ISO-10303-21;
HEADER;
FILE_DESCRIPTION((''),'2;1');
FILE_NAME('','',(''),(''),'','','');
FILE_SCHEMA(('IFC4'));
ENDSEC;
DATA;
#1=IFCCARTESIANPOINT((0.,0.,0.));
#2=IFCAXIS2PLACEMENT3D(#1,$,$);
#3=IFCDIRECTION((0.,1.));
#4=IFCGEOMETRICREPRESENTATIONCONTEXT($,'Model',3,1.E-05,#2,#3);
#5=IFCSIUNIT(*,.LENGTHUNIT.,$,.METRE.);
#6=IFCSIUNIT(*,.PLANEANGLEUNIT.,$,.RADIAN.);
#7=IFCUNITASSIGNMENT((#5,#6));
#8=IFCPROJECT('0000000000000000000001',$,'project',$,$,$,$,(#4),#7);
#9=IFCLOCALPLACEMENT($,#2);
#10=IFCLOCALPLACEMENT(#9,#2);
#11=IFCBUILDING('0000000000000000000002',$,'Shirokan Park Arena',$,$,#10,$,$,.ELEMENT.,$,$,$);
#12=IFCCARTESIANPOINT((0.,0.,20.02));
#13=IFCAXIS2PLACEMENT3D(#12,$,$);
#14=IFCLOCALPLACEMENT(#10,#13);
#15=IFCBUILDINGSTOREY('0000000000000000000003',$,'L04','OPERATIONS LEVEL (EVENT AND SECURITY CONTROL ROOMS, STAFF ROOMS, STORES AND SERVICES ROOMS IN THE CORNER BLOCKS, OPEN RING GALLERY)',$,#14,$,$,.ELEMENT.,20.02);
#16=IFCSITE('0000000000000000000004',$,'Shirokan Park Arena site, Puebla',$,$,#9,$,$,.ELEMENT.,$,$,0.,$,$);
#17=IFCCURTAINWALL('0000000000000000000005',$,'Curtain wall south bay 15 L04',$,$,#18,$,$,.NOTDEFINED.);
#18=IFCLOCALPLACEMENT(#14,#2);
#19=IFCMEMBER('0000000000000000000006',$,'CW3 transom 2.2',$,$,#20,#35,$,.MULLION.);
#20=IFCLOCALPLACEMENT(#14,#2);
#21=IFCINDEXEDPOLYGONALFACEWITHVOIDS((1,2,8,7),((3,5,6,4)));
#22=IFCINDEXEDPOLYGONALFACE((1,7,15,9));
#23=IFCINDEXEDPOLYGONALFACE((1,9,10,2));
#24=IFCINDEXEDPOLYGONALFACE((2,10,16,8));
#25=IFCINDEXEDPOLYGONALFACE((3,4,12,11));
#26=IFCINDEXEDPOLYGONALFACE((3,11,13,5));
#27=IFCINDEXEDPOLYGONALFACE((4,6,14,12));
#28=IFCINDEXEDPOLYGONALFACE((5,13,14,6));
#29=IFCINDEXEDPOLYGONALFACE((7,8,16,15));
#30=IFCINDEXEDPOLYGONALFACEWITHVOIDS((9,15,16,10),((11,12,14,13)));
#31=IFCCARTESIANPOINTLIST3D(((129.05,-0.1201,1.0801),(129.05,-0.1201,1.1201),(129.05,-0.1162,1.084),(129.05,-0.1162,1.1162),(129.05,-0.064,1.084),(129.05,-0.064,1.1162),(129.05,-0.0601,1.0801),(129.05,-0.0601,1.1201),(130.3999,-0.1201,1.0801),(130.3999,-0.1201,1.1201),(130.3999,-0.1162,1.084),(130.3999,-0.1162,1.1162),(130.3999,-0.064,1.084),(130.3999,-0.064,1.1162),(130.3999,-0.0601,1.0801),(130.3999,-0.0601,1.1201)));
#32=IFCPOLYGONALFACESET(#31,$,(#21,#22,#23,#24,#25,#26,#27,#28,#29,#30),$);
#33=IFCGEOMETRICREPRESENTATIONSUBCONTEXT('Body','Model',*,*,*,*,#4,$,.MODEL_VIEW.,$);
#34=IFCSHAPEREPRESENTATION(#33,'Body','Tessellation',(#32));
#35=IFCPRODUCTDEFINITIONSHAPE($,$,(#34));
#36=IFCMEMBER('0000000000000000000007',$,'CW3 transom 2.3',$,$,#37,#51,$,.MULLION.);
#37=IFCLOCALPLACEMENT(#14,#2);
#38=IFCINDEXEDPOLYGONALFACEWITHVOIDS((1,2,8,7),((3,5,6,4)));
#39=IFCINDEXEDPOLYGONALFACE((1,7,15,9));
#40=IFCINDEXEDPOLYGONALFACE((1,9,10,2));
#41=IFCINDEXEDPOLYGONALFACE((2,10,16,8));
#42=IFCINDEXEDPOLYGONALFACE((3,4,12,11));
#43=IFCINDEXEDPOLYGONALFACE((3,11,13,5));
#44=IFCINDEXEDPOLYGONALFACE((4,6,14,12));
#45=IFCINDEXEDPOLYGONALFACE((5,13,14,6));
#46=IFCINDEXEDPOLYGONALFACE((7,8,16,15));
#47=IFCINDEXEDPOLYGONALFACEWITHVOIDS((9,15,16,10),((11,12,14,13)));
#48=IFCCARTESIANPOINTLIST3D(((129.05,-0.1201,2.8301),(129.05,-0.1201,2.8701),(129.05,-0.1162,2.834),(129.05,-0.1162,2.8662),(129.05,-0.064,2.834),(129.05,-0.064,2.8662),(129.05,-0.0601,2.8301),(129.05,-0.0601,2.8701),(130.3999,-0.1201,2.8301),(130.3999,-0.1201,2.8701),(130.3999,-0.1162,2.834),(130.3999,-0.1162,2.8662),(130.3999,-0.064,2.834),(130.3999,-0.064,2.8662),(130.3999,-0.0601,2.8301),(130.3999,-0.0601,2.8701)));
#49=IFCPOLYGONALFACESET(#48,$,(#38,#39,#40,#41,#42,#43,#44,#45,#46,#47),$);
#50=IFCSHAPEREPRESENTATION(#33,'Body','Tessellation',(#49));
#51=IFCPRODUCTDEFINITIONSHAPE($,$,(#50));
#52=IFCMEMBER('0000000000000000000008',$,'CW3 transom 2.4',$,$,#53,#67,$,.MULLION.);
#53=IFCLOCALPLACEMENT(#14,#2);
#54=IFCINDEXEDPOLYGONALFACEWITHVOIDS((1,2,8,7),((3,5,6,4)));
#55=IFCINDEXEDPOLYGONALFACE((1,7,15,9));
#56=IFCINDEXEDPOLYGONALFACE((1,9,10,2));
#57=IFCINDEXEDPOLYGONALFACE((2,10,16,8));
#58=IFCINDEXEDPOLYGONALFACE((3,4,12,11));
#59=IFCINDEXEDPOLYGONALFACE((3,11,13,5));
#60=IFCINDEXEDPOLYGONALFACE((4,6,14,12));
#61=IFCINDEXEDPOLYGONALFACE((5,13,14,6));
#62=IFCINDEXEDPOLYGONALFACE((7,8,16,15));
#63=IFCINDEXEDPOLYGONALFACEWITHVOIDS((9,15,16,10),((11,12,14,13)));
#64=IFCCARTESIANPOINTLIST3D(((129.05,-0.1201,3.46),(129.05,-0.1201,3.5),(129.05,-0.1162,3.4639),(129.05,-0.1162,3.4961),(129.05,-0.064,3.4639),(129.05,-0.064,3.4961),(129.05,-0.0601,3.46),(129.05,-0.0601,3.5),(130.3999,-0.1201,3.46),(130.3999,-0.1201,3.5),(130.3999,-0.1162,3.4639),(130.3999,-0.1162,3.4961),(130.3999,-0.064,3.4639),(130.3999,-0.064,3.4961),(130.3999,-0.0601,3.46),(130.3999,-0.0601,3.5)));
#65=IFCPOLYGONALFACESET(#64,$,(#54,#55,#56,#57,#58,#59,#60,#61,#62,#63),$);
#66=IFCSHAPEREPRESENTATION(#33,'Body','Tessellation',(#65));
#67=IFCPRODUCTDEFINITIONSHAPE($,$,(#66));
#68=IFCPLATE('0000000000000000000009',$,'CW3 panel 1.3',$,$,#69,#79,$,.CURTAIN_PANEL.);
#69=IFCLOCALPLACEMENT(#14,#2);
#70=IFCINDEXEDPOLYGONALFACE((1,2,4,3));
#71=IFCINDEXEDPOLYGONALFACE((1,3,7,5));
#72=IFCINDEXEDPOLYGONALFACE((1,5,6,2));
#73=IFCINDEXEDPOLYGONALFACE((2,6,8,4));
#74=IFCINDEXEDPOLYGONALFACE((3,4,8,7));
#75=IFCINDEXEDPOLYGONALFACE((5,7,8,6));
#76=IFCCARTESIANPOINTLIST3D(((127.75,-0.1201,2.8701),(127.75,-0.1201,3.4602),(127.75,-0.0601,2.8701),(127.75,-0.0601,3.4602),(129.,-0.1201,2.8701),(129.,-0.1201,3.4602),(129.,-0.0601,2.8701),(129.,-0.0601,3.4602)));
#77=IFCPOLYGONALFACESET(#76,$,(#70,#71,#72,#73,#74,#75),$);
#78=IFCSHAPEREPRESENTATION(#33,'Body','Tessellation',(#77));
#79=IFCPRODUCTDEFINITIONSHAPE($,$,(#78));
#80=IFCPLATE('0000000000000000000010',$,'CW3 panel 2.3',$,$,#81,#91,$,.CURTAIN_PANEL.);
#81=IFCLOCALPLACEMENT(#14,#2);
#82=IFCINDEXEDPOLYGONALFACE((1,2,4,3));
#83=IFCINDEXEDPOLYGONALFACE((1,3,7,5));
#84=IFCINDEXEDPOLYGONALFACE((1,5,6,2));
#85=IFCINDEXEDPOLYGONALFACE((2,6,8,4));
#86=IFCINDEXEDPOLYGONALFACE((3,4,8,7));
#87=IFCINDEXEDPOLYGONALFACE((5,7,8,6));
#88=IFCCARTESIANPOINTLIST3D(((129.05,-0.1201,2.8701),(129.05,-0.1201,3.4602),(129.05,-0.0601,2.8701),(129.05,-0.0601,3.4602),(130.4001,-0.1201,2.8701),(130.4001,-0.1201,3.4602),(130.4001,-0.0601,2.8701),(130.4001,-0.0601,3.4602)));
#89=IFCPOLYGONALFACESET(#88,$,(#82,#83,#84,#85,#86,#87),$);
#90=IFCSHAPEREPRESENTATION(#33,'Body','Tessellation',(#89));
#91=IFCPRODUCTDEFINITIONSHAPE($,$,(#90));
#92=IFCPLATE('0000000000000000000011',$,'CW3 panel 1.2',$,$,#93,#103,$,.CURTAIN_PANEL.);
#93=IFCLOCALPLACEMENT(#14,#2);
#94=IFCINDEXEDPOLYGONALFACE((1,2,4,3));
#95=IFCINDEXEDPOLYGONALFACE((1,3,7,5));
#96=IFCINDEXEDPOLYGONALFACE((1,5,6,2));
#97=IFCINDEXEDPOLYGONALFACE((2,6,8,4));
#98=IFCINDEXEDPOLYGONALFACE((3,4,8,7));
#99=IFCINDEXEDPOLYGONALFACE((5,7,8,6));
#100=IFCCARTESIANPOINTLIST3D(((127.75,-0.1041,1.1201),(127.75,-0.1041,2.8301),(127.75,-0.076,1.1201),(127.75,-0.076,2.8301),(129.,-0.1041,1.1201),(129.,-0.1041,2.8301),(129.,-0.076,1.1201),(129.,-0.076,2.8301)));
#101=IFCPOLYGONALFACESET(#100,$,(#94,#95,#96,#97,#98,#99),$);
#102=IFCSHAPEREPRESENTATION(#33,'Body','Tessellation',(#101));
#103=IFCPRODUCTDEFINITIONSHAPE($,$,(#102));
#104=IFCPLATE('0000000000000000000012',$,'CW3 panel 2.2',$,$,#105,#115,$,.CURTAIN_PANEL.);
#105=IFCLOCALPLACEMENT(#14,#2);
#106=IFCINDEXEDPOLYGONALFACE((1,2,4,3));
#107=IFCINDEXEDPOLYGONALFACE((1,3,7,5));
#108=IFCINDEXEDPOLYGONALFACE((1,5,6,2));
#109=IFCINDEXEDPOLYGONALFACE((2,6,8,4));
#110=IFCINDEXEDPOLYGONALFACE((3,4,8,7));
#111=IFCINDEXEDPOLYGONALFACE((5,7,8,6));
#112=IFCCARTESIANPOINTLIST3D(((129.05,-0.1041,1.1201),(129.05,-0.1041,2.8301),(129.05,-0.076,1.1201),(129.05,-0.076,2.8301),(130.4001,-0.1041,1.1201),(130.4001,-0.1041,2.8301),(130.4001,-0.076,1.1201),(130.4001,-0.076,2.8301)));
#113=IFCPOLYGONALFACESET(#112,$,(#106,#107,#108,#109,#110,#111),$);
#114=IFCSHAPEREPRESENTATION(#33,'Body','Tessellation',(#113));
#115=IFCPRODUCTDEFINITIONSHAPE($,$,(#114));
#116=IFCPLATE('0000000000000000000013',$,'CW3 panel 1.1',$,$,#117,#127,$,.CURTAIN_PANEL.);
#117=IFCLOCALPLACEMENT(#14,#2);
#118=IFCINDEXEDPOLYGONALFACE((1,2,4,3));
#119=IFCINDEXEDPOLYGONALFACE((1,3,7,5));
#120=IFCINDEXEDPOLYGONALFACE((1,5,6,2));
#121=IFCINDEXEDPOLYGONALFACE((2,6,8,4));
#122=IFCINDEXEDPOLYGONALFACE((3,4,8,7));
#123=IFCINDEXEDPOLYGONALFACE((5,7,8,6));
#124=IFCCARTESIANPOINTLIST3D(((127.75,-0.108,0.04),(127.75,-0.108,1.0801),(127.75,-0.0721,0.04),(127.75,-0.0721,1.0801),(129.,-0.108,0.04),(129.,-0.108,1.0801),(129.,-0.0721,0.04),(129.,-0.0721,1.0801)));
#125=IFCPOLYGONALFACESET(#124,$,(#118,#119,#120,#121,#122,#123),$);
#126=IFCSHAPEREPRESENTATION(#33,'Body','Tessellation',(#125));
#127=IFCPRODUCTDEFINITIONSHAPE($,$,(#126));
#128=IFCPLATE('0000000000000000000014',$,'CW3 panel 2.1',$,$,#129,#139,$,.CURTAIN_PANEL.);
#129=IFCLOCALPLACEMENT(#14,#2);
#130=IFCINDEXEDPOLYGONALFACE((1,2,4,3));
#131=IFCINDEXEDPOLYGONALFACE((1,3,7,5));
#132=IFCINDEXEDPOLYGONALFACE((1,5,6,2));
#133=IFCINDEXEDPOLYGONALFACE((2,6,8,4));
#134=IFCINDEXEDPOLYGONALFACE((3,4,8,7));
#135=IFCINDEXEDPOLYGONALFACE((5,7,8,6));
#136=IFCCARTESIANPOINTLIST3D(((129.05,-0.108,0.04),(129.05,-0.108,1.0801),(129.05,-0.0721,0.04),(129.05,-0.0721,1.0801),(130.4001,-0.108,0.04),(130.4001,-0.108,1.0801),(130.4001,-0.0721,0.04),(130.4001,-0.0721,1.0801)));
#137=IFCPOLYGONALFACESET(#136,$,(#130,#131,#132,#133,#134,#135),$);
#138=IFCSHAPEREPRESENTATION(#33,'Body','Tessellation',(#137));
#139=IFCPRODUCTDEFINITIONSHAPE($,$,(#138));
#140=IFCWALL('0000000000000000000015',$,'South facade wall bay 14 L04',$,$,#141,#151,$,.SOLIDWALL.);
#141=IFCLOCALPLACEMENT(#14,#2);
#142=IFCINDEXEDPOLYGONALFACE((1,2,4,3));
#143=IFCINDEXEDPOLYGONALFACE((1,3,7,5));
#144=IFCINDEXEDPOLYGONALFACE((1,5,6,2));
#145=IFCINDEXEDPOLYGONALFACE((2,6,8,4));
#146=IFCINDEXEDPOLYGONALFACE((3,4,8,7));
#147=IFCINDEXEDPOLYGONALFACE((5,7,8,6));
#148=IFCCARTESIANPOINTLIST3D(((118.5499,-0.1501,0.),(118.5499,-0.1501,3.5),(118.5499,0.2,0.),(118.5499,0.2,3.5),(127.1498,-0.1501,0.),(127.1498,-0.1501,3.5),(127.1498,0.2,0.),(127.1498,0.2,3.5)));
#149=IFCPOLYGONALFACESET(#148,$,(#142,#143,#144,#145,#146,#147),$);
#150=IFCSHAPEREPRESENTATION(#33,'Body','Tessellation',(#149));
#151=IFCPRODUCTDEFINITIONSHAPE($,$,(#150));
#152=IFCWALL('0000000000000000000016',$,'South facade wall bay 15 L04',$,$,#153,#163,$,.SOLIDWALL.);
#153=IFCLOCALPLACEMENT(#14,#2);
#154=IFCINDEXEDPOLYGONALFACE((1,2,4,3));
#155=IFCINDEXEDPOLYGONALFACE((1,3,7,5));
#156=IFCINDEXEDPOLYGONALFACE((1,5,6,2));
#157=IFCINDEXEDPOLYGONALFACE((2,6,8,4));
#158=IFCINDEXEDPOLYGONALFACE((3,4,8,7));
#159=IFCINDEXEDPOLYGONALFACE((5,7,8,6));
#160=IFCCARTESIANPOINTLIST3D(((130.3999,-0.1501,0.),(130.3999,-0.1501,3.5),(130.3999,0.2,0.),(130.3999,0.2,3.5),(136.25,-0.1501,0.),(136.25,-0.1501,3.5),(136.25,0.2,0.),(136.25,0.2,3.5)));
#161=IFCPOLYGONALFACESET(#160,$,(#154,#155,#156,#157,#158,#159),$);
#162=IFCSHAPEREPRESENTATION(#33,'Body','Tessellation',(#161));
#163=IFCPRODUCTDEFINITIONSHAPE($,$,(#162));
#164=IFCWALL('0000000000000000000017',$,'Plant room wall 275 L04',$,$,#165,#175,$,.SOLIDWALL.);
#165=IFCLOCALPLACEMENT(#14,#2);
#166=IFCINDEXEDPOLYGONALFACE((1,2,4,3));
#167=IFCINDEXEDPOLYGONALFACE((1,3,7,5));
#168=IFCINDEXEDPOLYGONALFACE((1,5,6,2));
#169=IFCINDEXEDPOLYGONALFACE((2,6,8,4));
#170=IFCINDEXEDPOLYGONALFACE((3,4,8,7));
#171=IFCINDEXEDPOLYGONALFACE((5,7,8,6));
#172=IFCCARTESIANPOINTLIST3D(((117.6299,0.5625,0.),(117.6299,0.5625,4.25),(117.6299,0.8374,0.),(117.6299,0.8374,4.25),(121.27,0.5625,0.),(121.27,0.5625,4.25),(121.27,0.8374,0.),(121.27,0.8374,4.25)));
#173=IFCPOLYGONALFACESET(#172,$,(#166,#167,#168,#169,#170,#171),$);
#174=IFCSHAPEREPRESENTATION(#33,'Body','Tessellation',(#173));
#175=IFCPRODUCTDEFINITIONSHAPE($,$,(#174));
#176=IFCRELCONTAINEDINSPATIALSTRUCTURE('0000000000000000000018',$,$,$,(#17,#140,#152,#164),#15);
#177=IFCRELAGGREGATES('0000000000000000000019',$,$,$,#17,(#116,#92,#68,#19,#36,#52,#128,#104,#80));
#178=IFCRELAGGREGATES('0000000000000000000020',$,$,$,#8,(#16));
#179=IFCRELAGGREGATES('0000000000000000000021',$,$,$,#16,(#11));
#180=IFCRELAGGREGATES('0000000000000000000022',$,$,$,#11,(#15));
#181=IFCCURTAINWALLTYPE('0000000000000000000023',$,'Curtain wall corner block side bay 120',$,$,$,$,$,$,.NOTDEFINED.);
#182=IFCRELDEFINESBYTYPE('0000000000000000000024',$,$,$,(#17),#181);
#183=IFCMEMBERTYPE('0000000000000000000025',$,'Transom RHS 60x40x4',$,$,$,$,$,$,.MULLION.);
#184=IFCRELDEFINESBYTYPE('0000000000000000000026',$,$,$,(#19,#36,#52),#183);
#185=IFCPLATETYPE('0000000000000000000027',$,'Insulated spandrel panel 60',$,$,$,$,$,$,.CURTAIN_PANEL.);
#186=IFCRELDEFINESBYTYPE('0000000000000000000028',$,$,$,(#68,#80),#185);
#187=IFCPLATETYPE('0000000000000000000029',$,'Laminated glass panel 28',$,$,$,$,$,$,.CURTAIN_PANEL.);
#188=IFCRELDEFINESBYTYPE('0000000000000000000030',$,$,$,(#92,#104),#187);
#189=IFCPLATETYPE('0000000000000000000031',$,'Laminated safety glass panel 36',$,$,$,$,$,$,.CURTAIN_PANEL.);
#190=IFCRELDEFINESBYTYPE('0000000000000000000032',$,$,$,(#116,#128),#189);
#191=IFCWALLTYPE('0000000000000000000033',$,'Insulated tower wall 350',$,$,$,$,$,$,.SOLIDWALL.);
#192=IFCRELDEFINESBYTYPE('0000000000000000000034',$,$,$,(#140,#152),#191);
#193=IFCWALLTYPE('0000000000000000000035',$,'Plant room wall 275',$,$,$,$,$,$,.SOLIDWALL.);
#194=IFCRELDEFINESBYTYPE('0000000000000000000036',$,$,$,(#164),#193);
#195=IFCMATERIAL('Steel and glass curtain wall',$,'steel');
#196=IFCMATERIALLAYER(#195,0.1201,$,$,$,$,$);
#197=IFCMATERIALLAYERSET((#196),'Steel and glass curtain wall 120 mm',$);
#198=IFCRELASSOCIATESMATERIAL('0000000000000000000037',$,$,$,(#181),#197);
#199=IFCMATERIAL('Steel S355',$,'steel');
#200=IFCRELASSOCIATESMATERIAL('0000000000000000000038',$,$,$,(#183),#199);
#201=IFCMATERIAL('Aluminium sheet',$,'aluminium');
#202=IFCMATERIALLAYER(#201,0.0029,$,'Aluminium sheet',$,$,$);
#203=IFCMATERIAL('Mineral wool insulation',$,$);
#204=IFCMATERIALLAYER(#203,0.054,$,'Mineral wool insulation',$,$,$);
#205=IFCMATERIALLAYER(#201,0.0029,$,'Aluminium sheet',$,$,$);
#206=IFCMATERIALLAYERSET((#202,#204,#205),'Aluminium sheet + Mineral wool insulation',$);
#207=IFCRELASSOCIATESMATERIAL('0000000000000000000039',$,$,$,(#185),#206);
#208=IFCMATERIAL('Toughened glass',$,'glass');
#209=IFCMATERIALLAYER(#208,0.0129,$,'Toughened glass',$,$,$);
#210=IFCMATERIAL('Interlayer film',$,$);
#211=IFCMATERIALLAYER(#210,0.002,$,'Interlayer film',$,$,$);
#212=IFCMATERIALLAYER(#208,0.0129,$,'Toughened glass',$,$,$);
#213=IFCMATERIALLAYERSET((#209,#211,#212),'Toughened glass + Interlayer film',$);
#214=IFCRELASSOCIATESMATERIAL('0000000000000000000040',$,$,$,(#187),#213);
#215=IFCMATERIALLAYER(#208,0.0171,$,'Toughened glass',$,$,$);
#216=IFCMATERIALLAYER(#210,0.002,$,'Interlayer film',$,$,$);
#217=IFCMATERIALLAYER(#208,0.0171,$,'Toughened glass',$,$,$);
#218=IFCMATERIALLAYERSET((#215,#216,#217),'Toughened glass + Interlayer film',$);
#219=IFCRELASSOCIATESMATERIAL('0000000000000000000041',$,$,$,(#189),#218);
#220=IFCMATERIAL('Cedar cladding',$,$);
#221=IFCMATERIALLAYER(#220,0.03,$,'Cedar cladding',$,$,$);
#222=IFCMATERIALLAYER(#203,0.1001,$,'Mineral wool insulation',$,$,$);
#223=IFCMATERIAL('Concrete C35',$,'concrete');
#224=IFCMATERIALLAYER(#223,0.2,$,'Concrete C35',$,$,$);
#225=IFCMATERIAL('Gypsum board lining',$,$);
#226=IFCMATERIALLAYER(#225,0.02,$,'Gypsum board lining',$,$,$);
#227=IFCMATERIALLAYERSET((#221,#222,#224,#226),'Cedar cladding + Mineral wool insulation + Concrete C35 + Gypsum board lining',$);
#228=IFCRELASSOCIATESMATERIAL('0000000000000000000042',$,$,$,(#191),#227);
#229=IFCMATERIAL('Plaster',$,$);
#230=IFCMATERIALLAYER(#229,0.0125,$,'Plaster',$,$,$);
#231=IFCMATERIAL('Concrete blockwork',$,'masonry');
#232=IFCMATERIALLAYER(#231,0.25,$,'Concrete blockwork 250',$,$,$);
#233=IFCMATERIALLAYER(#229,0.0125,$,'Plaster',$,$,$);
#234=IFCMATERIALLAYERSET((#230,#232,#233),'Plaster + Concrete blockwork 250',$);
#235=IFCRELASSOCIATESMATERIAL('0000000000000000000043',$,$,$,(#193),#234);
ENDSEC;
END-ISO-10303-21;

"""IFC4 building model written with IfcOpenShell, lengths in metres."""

from ifc_helpers import new_model, si_unit, direction, frame, frame_2d, origin, origin_2d, place, context, subcontext, project, spatial, rectangle, hollow_rectangle, extrude, material, layer, layer_set, material_profile, profile_set, type_object, element, aggregate, save


model = new_model("IFC4")

# Units and contexts
model_context = context("Model", 3, precision=1e-05, world=origin(), true_north=direction((0.0, 1.0)))
body_context = subcontext(model_context, "Body", "Model", "MODEL_VIEW")
ifc_project = project(units=[si_unit("LENGTHUNIT", "METRE"), si_unit("PLANEANGLEUNIT", "RADIAN")], contexts=[model_context])

# Site, building, storey
site_placement = place(None, origin())
site = spatial("IfcSite", under=ifc_project, at=site_placement, Name="Shirokan Park Arena site, Puebla", CompositionType="ELEMENT", RefElevation=0.0)
building_placement = place(site_placement, origin())
building = spatial("IfcBuilding", under=site, at=building_placement, Name="Shirokan Park Arena", CompositionType="ELEMENT")
storey_placement = place(building_placement, frame((0.0, 0.0, 20.02)))
storey = spatial("IfcBuildingStorey", under=building, at=storey_placement, Name="L04", Description="OPERATIONS LEVEL (EVENT AND SECURITY CONTROL ROOMS, STAFF ROOMS, STORES AND SERVICES ROOMS IN THE CORNER BLOCKS, OPEN RING GALLERY)", CompositionType="ELEMENT", Elevation=20.02)

# Shared definitions
ifc_material_1 = material(Name="Concrete C35", Category="concrete")

# Curtain wall
ifc_material_2 = material(Name="Steel and glass curtain wall", Category="steel")
ifc_layer_1 = layer(ifc_material_2, 0.1201)
ifc_layer_set_1 = layer_set([ifc_layer_1], Name="Steel and glass curtain wall 120 mm")
curtain_wall_type = type_object("IfcCurtainWallType", Name="Curtain wall corner block side bay 120", PredefinedType="NOTDEFINED", material=ifc_layer_set_1)
curtain_wall_placement = place(storey_placement, origin())
curtain_wall = element("IfcCurtainWall", 1, at=curtain_wall_placement, inside=storey, type_object=curtain_wall_type, Name="Curtain wall south bay 15 L04", PredefinedType="NOTDEFINED")
ifc_material_3 = material(Name="Steel S355", Category="steel")

# Members
ifc_material_profile_1 = material_profile(ifc_material_3, hollow_rectangle(XDim=0.0601, YDim=0.04, WallThickness=0.0039, at=origin_2d()), Name="RHS 60x40x4")
ifc_profile_set_1 = profile_set([ifc_material_profile_1], Name="Steel S355")
member_type_1 = type_object("IfcMemberType", Name="Transom RHS 60x40x4", PredefinedType="MULLION", material=ifc_profile_set_1)
member_1_placement = place(storey_placement, frame((129.05, -0.0901, 1.1001), z_axis=(1.0, 0.0, 0.0), x_axis=(0.0, 1.0, 0.0)))
member_1 = element("IfcMember", 2, at=member_1_placement, type_object=member_type_1, Name="CW3 transom 2.2", PredefinedType="MULLION", context=body_context, shape_type="SweptSolid", body=[
    extrude(hollow_rectangle(XDim=0.0601, YDim=0.04, WallThickness=0.0039, at=origin_2d()), origin(), (0.0, 0.0, 1.0), 1.3499),
])
member_2_placement = place(storey_placement, frame((129.05, -0.0901, 2.8501), z_axis=(1.0, 0.0, 0.0), x_axis=(0.0, 1.0, 0.0)))
member_2 = element("IfcMember", 3, at=member_2_placement, type_object=member_type_1, Name="CW3 transom 2.3", PredefinedType="MULLION", context=body_context, shape_type="SweptSolid", body=[
    extrude(hollow_rectangle(XDim=0.0601, YDim=0.04, WallThickness=0.0039, at=origin_2d()), origin(), (0.0, 0.0, 1.0), 1.3499),
])
member_3_placement = place(storey_placement, frame((129.05, -0.0901, 3.48), z_axis=(1.0, 0.0, 0.0), x_axis=(0.0, 1.0, 0.0)))
member_3 = element("IfcMember", 4, at=member_3_placement, type_object=member_type_1, Name="CW3 transom 2.4", PredefinedType="MULLION", context=body_context, shape_type="SweptSolid", body=[
    extrude(hollow_rectangle(XDim=0.0601, YDim=0.04, WallThickness=0.0039, at=origin_2d()), origin(), (0.0, 0.0, 1.0), 1.3499),
])

# Plates
ifc_material_4 = material(Name="Aluminium sheet", Category="aluminium")
ifc_layer_2 = layer(ifc_material_4, 0.0029, Name="Aluminium sheet")
ifc_material_5 = material(Name="Mineral wool insulation")
ifc_layer_3 = layer(ifc_material_5, 0.054, Name="Mineral wool insulation")
ifc_layer_4 = layer(ifc_material_4, 0.0029, Name="Aluminium sheet")
ifc_layer_set_2 = layer_set([ifc_layer_2, ifc_layer_3, ifc_layer_4], Name="Aluminium sheet + Mineral wool insulation")
plate_type_1 = type_object("IfcPlateType", Name="Insulated spandrel panel 60", PredefinedType="CURTAIN_PANEL", material=ifc_layer_set_2)
plate_1_placement = place(storey_placement, frame((128.375, -0.0901, 2.8701), z_axis=(0.0, 0.0, 1.0), x_axis=(1.0, 0.0, 0.0)))
plate_1 = element("IfcPlate", 5, at=plate_1_placement, type_object=plate_type_1, Name="CW3 panel 1.3", PredefinedType="CURTAIN_PANEL", context=body_context, shape_type="SweptSolid", body=[
    extrude(rectangle(XDim=1.25, YDim=0.0601, at=origin_2d()), origin(), (0.0, 0.0, 1.0), 0.5901),
])
plate_2_placement = place(storey_placement, frame((129.7251, -0.0901, 2.8701), z_axis=(0.0, 0.0, 1.0), x_axis=(1.0, 0.0, 0.0)))
plate_2 = element("IfcPlate", 6, at=plate_2_placement, type_object=plate_type_1, Name="CW3 panel 2.3", PredefinedType="CURTAIN_PANEL", context=body_context, shape_type="SweptSolid", body=[
    extrude(rectangle(XDim=1.3501, YDim=0.0601, at=origin_2d()), origin(), (0.0, 0.0, 1.0), 0.5901),
])
ifc_material_6 = material(Name="Toughened glass", Category="glass")
ifc_layer_5 = layer(ifc_material_6, 0.0129, Name="Toughened glass")
ifc_material_7 = material(Name="Interlayer film")
ifc_layer_6 = layer(ifc_material_7, 0.002, Name="Interlayer film")
ifc_layer_7 = layer(ifc_material_6, 0.0129, Name="Toughened glass")
ifc_layer_set_3 = layer_set([ifc_layer_5, ifc_layer_6, ifc_layer_7], Name="Toughened glass + Interlayer film")
plate_type_2 = type_object("IfcPlateType", Name="Laminated glass panel 28", PredefinedType="CURTAIN_PANEL", material=ifc_layer_set_3)
plate_3_placement = place(storey_placement, frame((128.375, -0.0901, 1.1201), z_axis=(0.0, 0.0, 1.0), x_axis=(1.0, 0.0, 0.0)))
plate_3 = element("IfcPlate", 7, at=plate_3_placement, type_object=plate_type_2, Name="CW3 panel 1.2", PredefinedType="CURTAIN_PANEL", context=body_context, shape_type="SweptSolid", body=[
    extrude(rectangle(XDim=1.25, YDim=0.0281, at=origin_2d()), origin(), (0.0, 0.0, 1.0), 1.71),
])
plate_4_placement = place(storey_placement, frame((129.7251, -0.0901, 1.1201), z_axis=(0.0, 0.0, 1.0), x_axis=(1.0, 0.0, 0.0)))
plate_4 = element("IfcPlate", 8, at=plate_4_placement, type_object=plate_type_2, Name="CW3 panel 2.2", PredefinedType="CURTAIN_PANEL", context=body_context, shape_type="SweptSolid", body=[
    extrude(rectangle(XDim=1.3501, YDim=0.0281, at=origin_2d()), origin(), (0.0, 0.0, 1.0), 1.71),
])
ifc_layer_8 = layer(ifc_material_6, 0.0171, Name="Toughened glass")
ifc_layer_9 = layer(ifc_material_7, 0.002, Name="Interlayer film")
ifc_layer_10 = layer(ifc_material_6, 0.0171, Name="Toughened glass")
ifc_layer_set_4 = layer_set([ifc_layer_8, ifc_layer_9, ifc_layer_10], Name="Toughened glass + Interlayer film")
plate_type_3 = type_object("IfcPlateType", Name="Laminated safety glass panel 36", PredefinedType="CURTAIN_PANEL", material=ifc_layer_set_4)
plate_5_placement = place(storey_placement, frame((128.375, -0.0901, 0.04), z_axis=(0.0, 0.0, 1.0), x_axis=(1.0, 0.0, 0.0)))
plate_5 = element("IfcPlate", 9, at=plate_5_placement, type_object=plate_type_3, Name="CW3 panel 1.1", PredefinedType="CURTAIN_PANEL", context=body_context, shape_type="SweptSolid", body=[
    extrude(rectangle(XDim=1.25, YDim=0.0359, at=origin_2d()), origin(), (0.0, 0.0, 1.0), 1.04),
])
plate_6_placement = place(storey_placement, frame((129.7251, -0.0901, 0.04), z_axis=(0.0, 0.0, 1.0), x_axis=(1.0, 0.0, 0.0)))
plate_6 = element("IfcPlate", 10, at=plate_6_placement, type_object=plate_type_3, Name="CW3 panel 2.1", PredefinedType="CURTAIN_PANEL", context=body_context, shape_type="SweptSolid", body=[
    extrude(rectangle(XDim=1.3501, YDim=0.0359, at=origin_2d()), origin(), (0.0, 0.0, 1.0), 1.04),
])
aggregate(curtain_wall, [plate_5, plate_3, plate_1, member_1, member_2, member_3, plate_6, plate_4, plate_2])

# Walls
ifc_material_8 = material(Name="Cedar cladding")
ifc_layer_11 = layer(ifc_material_8, 0.03, Name="Cedar cladding")
ifc_layer_12 = layer(ifc_material_5, 0.1001, Name="Mineral wool insulation")
ifc_layer_13 = layer(ifc_material_1, 0.2, Name="Concrete C35")
ifc_material_9 = material(Name="Gypsum board lining")
ifc_layer_14 = layer(ifc_material_9, 0.02, Name="Gypsum board lining")
ifc_layer_set_5 = layer_set([ifc_layer_11, ifc_layer_12, ifc_layer_13, ifc_layer_14], Name="Cedar cladding + Mineral wool insulation + Concrete C35 + Gypsum board lining")
wall_type_1 = type_object("IfcWallType", Name="Insulated tower wall 350", PredefinedType="SOLIDWALL", material=ifc_layer_set_5)
wall_1_placement = place(storey_placement, frame((118.55, 0.0249, 0.0), z_axis=(0.0, 0.0, 1.0), x_axis=(1.0, 0.0, 0.0)))
element("IfcWall", 11, at=wall_1_placement, inside=storey, type_object=wall_type_1, Name="South facade wall bay 14 L04", PredefinedType="SOLIDWALL", context=body_context, shape_type="SweptSolid", body=[
    extrude(rectangle(XDim=8.5999, YDim=0.3501, at=frame_2d((4.2998, 0.0))), origin(), (0.0, 0.0, 1.0), 3.5),
])
wall_2_placement = place(storey_placement, frame((130.3999, 0.0249, 0.0), z_axis=(0.0, 0.0, 1.0), x_axis=(1.0, 0.0, 0.0)))
element("IfcWall", 12, at=wall_2_placement, inside=storey, type_object=wall_type_1, Name="South facade wall bay 15 L04", PredefinedType="SOLIDWALL", context=body_context, shape_type="SweptSolid", body=[
    extrude(rectangle(XDim=5.8501, YDim=0.3501, at=frame_2d((2.925, 0.0))), origin(), (0.0, 0.0, 1.0), 3.5),
])
ifc_material_10 = material(Name="Plaster")
ifc_layer_15 = layer(ifc_material_10, 0.0125, Name="Plaster")
ifc_material_11 = material(Name="Concrete blockwork", Category="masonry")
ifc_layer_16 = layer(ifc_material_11, 0.25, Name="Concrete blockwork 250")
ifc_layer_17 = layer(ifc_material_10, 0.0125, Name="Plaster")
ifc_layer_set_6 = layer_set([ifc_layer_15, ifc_layer_16, ifc_layer_17], Name="Plaster + Concrete blockwork 250")
wall_type_2 = type_object("IfcWallType", Name="Plant room wall 275", PredefinedType="SOLIDWALL", material=ifc_layer_set_6)
for number, where, z_axis, x_axis, name in (
    (13, (121.27, 0.7, 0.0), (0.0, 0.0, 1.0), (-1.0, 0.0, 0.0), "Plant room wall 275 L04"),
):
    element("IfcWall", number, at=place(storey_placement, frame(where, z_axis=z_axis, x_axis=x_axis)), inside=storey, type_object=wall_type_2, Name=name, PredefinedType="SOLIDWALL", context=body_context, shape_type="SweptSolid", body=[
        extrude(rectangle(XDim=3.6401, YDim=0.2749, at=frame_2d((1.8201, 0.0))), origin(), (0.0, 0.0, 1.0), 4.25),
    ])

save(model, "model.ifc")
